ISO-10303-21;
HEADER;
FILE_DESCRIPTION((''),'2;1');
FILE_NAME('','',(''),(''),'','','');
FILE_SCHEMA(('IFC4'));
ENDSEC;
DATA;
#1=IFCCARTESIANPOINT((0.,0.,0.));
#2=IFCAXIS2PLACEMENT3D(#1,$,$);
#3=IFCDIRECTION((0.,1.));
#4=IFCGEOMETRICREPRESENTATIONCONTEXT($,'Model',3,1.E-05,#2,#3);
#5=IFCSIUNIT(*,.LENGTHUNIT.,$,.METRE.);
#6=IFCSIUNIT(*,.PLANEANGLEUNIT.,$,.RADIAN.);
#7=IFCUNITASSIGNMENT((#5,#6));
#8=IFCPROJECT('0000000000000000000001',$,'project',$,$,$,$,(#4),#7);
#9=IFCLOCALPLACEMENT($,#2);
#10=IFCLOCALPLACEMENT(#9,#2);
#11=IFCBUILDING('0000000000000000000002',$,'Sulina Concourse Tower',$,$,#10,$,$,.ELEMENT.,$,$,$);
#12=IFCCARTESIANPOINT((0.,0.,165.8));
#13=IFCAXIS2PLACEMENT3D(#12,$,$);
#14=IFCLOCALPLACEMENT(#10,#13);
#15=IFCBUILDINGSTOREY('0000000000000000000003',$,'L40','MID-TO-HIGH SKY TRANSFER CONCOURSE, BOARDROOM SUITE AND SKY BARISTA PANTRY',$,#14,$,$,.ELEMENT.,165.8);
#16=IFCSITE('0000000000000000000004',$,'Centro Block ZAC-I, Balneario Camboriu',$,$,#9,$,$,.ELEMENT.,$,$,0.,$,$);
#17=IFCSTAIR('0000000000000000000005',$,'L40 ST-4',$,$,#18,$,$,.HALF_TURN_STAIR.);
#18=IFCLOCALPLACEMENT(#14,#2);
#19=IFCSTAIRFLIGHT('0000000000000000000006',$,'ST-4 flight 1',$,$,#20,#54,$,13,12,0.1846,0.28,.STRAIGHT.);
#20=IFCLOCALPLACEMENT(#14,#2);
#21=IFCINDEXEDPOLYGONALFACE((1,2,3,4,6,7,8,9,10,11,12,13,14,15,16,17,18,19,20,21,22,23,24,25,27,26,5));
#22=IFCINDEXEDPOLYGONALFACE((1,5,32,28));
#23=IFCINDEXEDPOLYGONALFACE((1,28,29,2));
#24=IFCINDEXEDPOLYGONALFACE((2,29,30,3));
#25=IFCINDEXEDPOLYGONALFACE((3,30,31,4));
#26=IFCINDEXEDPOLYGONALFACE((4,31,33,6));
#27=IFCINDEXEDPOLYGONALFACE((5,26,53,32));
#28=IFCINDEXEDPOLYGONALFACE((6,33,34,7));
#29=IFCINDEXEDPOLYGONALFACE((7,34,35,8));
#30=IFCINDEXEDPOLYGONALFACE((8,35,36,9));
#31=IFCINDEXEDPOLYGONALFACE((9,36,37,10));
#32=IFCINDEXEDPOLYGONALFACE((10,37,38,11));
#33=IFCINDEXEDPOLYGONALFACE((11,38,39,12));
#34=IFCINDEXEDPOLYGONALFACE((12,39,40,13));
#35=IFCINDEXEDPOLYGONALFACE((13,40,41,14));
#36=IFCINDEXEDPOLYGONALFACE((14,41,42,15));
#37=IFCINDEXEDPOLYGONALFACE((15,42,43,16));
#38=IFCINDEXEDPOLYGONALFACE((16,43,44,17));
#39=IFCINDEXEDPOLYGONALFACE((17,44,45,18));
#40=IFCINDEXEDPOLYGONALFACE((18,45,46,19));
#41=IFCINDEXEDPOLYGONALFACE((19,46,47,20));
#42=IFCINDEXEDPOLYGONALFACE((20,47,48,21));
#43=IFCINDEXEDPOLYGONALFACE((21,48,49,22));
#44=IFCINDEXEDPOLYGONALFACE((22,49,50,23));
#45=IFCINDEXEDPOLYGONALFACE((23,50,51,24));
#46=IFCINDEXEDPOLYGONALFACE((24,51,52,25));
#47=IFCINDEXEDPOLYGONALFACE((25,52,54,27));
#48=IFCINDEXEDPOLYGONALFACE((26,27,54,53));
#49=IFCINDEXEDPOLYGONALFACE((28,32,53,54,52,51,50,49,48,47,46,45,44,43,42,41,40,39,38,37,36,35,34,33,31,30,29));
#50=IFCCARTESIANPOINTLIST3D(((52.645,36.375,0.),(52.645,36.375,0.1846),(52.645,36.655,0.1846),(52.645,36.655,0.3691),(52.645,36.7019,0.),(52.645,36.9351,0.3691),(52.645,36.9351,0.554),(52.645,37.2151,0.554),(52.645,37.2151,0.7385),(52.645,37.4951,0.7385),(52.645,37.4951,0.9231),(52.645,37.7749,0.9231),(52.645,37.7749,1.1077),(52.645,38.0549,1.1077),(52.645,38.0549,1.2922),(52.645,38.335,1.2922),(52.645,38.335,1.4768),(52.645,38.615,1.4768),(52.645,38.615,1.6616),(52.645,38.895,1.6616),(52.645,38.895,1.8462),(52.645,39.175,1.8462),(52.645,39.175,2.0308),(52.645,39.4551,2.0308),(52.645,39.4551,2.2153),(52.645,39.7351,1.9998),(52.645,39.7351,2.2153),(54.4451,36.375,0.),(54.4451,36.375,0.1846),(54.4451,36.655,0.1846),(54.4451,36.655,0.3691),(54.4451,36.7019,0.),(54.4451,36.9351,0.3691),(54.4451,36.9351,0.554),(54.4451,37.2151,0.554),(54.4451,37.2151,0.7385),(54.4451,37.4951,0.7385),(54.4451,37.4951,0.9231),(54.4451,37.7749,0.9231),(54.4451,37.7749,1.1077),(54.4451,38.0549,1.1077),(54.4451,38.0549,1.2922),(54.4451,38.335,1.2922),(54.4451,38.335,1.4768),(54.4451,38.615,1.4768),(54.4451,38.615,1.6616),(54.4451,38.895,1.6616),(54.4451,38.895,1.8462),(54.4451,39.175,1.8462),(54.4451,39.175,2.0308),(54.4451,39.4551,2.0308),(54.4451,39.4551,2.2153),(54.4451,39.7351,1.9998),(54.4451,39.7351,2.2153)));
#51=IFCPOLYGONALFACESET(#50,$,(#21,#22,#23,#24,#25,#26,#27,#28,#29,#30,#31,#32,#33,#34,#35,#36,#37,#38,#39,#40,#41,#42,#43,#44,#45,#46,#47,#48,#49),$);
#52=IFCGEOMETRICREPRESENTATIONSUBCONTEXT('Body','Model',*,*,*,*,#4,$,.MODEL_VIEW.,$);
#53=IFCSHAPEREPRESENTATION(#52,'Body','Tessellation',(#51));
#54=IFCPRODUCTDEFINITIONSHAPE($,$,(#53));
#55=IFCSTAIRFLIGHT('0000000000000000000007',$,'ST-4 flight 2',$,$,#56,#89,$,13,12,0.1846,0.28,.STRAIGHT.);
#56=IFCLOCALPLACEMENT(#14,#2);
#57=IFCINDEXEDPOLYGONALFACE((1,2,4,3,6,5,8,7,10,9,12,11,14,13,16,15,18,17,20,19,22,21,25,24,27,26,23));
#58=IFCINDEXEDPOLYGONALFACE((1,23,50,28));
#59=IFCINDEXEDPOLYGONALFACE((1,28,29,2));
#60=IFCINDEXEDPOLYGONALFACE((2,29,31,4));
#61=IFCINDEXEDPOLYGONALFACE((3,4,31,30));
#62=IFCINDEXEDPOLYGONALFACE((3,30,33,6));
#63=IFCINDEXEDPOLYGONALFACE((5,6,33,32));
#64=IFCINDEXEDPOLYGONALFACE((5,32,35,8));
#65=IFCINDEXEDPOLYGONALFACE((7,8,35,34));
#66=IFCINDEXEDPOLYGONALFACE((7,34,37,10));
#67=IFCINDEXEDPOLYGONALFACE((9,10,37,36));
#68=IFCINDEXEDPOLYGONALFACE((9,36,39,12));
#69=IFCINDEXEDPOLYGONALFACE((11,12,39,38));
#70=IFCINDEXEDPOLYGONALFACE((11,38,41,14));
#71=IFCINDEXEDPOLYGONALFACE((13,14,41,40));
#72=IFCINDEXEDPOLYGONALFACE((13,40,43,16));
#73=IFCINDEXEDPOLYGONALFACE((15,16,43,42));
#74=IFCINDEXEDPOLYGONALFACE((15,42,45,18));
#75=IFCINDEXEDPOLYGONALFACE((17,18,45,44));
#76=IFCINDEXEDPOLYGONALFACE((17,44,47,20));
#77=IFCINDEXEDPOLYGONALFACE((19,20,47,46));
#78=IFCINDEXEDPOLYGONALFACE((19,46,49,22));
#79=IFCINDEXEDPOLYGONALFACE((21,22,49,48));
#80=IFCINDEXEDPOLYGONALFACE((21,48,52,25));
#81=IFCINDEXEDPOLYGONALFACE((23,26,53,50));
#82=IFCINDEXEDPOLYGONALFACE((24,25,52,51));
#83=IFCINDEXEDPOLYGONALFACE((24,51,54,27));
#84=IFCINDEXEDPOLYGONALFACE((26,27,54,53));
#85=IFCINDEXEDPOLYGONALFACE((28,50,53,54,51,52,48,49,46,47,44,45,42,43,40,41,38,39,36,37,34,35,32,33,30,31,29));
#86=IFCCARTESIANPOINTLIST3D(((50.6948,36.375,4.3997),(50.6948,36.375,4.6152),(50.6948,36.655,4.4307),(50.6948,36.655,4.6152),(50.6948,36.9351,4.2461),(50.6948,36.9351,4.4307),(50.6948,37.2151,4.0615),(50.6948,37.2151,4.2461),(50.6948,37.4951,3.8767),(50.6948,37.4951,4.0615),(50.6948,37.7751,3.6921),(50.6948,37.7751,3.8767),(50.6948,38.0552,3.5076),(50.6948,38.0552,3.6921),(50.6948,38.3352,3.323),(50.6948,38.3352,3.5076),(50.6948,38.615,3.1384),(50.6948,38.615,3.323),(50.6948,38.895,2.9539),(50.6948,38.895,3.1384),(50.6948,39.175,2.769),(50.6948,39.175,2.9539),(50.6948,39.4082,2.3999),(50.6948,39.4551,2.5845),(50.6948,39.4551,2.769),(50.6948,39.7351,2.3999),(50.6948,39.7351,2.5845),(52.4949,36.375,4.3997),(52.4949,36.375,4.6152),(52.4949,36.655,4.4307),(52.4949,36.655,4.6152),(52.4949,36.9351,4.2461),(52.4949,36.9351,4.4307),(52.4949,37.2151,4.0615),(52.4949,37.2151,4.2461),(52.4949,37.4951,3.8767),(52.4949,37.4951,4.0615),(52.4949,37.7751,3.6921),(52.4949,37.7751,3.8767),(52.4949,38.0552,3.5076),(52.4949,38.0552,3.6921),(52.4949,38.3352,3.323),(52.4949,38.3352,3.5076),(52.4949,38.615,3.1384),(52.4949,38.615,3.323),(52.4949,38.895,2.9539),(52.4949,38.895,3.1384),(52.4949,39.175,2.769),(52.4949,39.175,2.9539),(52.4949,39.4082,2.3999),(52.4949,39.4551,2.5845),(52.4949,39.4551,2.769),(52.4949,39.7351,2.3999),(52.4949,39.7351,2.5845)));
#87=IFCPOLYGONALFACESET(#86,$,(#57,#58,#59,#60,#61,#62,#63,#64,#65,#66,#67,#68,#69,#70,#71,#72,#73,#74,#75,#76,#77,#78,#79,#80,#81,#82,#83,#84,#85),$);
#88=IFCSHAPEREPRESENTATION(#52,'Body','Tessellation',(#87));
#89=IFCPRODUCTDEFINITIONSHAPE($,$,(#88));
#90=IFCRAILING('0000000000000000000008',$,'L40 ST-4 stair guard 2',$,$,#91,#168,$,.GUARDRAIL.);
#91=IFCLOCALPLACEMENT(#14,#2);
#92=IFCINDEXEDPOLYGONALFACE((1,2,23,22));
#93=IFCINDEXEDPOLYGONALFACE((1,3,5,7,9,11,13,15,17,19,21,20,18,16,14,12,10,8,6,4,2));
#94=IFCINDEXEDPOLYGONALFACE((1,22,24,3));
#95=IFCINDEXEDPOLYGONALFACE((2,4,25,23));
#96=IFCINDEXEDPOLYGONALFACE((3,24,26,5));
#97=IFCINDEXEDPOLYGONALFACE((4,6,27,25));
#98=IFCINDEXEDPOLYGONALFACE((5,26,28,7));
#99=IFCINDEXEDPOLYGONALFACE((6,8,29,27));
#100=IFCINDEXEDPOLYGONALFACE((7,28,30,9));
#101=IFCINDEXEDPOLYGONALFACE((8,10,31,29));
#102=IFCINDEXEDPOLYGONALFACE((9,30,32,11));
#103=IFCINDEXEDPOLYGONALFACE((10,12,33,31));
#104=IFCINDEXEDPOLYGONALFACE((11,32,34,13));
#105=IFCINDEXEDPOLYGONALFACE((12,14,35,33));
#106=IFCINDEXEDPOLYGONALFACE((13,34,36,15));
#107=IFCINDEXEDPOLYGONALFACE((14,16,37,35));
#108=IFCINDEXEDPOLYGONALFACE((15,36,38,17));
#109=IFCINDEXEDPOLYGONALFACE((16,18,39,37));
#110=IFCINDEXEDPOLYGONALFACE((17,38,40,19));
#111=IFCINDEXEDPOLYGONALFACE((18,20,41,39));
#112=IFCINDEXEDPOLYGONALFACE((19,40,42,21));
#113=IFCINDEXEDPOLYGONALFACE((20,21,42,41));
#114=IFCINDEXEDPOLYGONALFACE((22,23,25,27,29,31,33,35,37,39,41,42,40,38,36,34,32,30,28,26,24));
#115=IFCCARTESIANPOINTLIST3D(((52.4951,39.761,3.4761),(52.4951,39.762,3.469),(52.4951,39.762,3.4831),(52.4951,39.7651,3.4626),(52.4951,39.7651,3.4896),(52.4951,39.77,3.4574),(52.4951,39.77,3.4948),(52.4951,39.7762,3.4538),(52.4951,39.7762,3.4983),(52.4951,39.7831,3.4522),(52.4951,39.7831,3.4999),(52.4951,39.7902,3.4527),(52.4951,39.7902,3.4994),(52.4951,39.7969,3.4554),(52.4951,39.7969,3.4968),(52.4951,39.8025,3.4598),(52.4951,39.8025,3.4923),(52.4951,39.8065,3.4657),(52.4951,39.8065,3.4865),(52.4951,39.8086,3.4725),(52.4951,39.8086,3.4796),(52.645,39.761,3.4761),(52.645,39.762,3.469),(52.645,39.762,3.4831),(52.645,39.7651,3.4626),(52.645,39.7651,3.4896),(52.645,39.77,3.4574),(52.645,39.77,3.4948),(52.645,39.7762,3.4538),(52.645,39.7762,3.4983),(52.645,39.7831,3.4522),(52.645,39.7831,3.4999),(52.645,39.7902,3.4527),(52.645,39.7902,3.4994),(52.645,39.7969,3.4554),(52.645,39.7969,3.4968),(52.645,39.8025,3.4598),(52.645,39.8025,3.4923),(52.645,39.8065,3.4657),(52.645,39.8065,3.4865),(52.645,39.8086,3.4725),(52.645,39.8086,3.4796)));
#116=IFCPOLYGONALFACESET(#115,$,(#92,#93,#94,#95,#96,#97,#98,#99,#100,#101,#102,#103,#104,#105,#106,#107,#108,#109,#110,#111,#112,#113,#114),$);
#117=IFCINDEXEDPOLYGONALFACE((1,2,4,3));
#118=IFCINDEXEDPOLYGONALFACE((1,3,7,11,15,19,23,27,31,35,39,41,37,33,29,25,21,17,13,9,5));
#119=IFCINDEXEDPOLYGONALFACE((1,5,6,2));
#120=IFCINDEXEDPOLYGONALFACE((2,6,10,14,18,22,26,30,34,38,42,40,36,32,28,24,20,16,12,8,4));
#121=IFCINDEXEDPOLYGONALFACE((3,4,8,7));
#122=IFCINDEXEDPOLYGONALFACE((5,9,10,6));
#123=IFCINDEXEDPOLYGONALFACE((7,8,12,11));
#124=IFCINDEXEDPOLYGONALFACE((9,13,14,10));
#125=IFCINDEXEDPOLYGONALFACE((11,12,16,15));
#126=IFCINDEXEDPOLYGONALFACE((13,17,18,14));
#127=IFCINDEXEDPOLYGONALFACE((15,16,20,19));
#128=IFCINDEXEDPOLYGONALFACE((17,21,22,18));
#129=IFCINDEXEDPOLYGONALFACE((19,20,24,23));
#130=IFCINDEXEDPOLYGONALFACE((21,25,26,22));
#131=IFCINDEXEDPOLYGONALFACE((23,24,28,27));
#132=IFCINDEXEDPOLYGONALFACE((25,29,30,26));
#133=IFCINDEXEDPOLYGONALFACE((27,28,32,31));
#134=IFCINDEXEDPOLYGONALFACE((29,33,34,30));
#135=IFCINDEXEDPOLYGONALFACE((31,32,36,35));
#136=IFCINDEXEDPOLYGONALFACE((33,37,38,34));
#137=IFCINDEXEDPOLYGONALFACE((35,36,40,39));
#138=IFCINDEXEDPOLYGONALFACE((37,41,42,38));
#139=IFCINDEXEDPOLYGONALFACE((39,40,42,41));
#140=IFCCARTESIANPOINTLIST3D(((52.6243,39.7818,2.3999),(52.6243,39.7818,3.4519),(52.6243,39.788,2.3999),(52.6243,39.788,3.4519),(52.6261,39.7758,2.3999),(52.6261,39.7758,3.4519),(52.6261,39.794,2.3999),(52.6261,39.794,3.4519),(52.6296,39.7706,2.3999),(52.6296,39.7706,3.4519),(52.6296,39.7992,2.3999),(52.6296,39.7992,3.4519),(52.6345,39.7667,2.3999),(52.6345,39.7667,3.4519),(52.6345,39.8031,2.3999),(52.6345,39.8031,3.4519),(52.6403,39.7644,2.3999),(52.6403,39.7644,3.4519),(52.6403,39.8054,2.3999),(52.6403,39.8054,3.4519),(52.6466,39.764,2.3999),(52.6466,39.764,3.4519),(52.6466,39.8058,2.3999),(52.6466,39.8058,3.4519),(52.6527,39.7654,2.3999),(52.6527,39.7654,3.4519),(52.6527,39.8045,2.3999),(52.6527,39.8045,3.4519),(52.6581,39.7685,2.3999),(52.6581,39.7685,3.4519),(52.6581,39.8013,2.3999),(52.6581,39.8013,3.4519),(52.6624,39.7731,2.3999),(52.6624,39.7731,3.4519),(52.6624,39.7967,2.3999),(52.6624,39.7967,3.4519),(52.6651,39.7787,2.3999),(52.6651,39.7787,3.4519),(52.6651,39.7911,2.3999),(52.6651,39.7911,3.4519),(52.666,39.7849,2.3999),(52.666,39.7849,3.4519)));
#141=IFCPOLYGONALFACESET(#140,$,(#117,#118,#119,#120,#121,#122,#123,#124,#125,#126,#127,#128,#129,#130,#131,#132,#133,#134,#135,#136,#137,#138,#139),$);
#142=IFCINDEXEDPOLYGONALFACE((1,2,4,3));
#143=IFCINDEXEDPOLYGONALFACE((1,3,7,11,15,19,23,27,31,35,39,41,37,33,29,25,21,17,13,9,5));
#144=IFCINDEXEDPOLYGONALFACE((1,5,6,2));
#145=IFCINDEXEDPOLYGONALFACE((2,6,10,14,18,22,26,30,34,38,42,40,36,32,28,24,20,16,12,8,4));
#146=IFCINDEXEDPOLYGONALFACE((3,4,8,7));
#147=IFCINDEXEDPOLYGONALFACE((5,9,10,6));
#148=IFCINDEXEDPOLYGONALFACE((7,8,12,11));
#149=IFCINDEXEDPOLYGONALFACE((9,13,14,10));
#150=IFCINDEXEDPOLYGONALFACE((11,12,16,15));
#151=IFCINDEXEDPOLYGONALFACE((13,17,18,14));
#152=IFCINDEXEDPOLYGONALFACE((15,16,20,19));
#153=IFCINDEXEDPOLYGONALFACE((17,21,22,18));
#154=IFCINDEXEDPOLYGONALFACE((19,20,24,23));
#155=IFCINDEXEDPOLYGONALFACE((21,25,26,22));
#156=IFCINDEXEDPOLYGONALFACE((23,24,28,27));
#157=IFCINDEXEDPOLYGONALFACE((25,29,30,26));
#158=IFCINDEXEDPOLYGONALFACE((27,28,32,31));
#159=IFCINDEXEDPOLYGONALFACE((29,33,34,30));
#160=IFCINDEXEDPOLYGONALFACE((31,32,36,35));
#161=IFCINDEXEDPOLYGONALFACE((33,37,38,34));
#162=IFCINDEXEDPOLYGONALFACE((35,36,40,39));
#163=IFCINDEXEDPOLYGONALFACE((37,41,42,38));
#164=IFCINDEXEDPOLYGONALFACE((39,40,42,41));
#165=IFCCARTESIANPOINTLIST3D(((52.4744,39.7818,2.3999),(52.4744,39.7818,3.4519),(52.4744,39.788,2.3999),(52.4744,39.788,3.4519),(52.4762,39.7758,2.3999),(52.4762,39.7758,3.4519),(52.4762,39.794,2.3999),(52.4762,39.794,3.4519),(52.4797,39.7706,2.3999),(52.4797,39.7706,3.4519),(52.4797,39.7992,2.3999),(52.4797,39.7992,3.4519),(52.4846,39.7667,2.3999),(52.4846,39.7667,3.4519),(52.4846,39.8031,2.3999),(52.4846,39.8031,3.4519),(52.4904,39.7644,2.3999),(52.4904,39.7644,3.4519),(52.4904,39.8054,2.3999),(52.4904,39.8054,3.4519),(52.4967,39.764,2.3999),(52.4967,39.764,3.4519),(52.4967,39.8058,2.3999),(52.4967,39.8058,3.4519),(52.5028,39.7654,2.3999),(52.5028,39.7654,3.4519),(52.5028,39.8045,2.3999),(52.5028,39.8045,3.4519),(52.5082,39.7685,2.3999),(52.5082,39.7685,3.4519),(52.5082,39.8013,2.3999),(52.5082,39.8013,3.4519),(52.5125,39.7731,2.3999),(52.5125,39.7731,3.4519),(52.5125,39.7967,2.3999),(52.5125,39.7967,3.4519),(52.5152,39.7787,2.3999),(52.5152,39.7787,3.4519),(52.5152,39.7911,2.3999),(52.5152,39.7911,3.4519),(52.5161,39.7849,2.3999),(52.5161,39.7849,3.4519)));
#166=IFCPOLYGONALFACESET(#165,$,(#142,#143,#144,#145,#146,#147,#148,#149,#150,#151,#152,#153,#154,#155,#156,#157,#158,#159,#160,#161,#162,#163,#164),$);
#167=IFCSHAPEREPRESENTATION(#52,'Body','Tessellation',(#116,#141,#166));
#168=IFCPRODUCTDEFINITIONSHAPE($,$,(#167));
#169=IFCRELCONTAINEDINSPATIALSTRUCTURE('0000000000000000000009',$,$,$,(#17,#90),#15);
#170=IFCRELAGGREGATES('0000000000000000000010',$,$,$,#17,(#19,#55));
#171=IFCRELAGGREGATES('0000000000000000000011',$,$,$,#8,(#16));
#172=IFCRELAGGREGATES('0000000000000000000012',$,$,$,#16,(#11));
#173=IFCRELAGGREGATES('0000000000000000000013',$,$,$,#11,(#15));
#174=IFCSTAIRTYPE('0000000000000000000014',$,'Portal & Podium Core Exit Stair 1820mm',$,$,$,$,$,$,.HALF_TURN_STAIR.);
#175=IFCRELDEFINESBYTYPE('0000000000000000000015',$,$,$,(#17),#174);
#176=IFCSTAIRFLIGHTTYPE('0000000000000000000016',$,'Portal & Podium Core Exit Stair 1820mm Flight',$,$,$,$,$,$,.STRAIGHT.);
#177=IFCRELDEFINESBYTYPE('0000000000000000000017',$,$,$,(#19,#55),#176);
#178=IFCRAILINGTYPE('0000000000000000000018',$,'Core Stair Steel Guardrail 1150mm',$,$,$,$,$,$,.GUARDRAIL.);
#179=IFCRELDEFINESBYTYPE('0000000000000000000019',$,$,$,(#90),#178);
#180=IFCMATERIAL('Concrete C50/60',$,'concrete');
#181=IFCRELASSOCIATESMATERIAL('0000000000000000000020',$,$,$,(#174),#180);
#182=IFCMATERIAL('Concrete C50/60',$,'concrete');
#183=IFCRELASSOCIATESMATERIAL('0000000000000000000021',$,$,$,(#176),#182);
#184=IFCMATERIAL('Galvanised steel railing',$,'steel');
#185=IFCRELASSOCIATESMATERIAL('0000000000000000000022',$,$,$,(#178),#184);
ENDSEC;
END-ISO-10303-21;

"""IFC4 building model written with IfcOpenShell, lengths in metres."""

from ifc_helpers import new_model, si_unit, direction, frame, origin, origin_2d, place, context, subcontext, project, spatial, polyline, circle, outline, extrude, material, type_object, element, aggregate, save


model = new_model("IFC4")

# Units and contexts
model_context = context("Model", 3, precision=1e-05, world=origin(), true_north=direction((0.0, 1.0)))
body_context = subcontext(model_context, "Body", "Model", "MODEL_VIEW")
ifc_project = project(units=[si_unit("LENGTHUNIT", "METRE"), si_unit("PLANEANGLEUNIT", "RADIAN")], contexts=[model_context])

# Site, building, storey
site_placement = place(None, origin())
site = spatial("IfcSite", under=ifc_project, at=site_placement, Name="Centro Block ZAC-I, Balneario Camboriu", CompositionType="ELEMENT", RefElevation=0.0)
building_placement = place(site_placement, origin())
building = spatial("IfcBuilding", under=site, at=building_placement, Name="Sulina Concourse Tower", CompositionType="ELEMENT")
storey_placement = place(building_placement, frame((0.0, 0.0, 165.8)))
storey = spatial("IfcBuildingStorey", under=building, at=storey_placement, Name="L40", Description="MID-TO-HIGH SKY TRANSFER CONCOURSE, BOARDROOM SUITE AND SKY BARISTA PANTRY", CompositionType="ELEMENT", Elevation=165.8)

# Stair, stair flights
ifc_material_1 = material(Name="Concrete C50/60", Category="concrete")
stair_type = type_object("IfcStairType", Name="Portal & Podium Core Exit Stair 1820mm", PredefinedType="HALF_TURN_STAIR", material=ifc_material_1)
stair_placement = place(storey_placement, origin())
stair = element("IfcStair", 1, at=stair_placement, inside=storey, type_object=stair_type, Name="L40 ST-4", PredefinedType="HALF_TURN_STAIR")
ifc_material_2 = material(Name="Concrete C50/60", Category="concrete")
stair_flight_type = type_object("IfcStairFlightType", Name="Portal & Podium Core Exit Stair 1820mm Flight", PredefinedType="STRAIGHT", material=ifc_material_2)
stair_flight_1_placement = place(storey_placement, frame((53.5449, 36.375, 0.0), z_axis=(0.0, 0.0, 1.0), x_axis=(0.0, 1.0, 0.0)))
stair_flight_1 = element("IfcStairFlight", 2, at=stair_flight_1_placement, type_object=stair_flight_type, Name="ST-4 flight 1", NumberOfRisers=13, NumberOfTreads=12, PredefinedType="STRAIGHT", RiserHeight=0.1846, TreadLength=0.28, context=body_context, shape_type="SweptSolid", body=[
    extrude(outline(polyline([(0.0, 0.0), (0.0, 0.1846), (0.28, 0.1846), (0.28, 0.3691), (0.5601, 0.3691), (0.5601, 0.554), (0.8401, 0.554), (0.8401, 0.7385), (1.1201, 0.7385), (1.1201, 0.9231), (1.3999, 0.9231), (1.3999, 1.1077), (1.6799, 1.1077), (1.6799, 1.2922), (1.96, 1.2922), (1.96, 1.4768), (2.24, 1.4768), (2.24, 1.6616), (2.52, 1.6616), (2.52, 1.8462), (2.8, 1.8462), (2.8, 2.0308), (3.0801, 2.0308), (3.0801, 2.2153), (3.3601, 2.2153), (3.3601, 2.3999), (3.3601, 1.9998), (0.3269, 0.0), (0.0, 0.0)])), frame((0.0, 0.8999, 0.0), z_axis=(0.0, -1.0, 0.0), x_axis=(1.0, 0.0, 0.0)), (0.0, 0.0, 1.0), 1.8),
])
stair_flight_2_placement = place(storey_placement, frame((51.595, 39.7351, 2.3999), z_axis=(0.0, 0.0, 1.0), x_axis=(0.0, -1.0, 0.0)))
stair_flight_2 = element("IfcStairFlight", 3, at=stair_flight_2_placement, type_object=stair_flight_type, Name="ST-4 flight 2", NumberOfRisers=13, NumberOfTreads=12, PredefinedType="STRAIGHT", RiserHeight=0.1846, TreadLength=0.28, context=body_context, shape_type="SweptSolid", body=[
    extrude(outline(polyline([(0.0, 0.0), (0.0, 0.1846), (0.28, 0.1846), (0.28, 0.3691), (0.5601, 0.3691), (0.5601, 0.554), (0.8401, 0.554), (0.8401, 0.7385), (1.1201, 0.7385), (1.1201, 0.9231), (1.3999, 0.9231), (1.3999, 1.1077), (1.6799, 1.1077), (1.6799, 1.2922), (1.96, 1.2922), (1.96, 1.4768), (2.24, 1.4768), (2.24, 1.6616), (2.52, 1.6616), (2.52, 1.8462), (2.8, 1.8462), (2.8, 2.0308), (3.0801, 2.0308), (3.0801, 2.2153), (3.3601, 2.2153), (3.3601, 2.3999), (3.3601, 1.9998), (0.3269, 0.0), (0.0, 0.0)])), frame((0.0, 0.8999, 0.0), z_axis=(0.0, -1.0, 0.0), x_axis=(1.0, 0.0, 0.0)), (0.0, 0.0, 1.0), 1.8),
])
aggregate(stair, [stair_flight_1, stair_flight_2])

# Railing
ifc_material_3 = material(Name="Galvanised steel railing", Category="steel")
railing_type_1 = type_object("IfcRailingType", Name="Core Stair Steel Guardrail 1150mm", PredefinedType="GUARDRAIL", material=ifc_material_3)
railing_1_placement = place(storey_placement, frame((52.645, 39.7849, 2.3999)))
element("IfcRailing", 4, at=railing_1_placement, inside=storey, type_object=railing_type_1, Name="L40 ST-4 stair guard 2", PredefinedType="GUARDRAIL", context=body_context, shape_type="SweptSolid", body=[
    extrude(circle(Radius=0.0239, at=origin_2d()), frame((0.0, 0.0, 1.0762), z_axis=(-1.0, 0.0, 0.0), x_axis=(0.0, -1.0, 0.0)), (0.0, 0.0, 1.0), 0.1499),
    extrude(circle(Radius=0.021, at=origin_2d()), origin(), (0.0, 0.0, 1.0), 1.052),
    extrude(circle(Radius=0.021, at=origin_2d()), frame((-0.1499, 0.0, 0.0)), (0.0, 0.0, 1.0), 1.052),
])

save(model, "model.ifc")
